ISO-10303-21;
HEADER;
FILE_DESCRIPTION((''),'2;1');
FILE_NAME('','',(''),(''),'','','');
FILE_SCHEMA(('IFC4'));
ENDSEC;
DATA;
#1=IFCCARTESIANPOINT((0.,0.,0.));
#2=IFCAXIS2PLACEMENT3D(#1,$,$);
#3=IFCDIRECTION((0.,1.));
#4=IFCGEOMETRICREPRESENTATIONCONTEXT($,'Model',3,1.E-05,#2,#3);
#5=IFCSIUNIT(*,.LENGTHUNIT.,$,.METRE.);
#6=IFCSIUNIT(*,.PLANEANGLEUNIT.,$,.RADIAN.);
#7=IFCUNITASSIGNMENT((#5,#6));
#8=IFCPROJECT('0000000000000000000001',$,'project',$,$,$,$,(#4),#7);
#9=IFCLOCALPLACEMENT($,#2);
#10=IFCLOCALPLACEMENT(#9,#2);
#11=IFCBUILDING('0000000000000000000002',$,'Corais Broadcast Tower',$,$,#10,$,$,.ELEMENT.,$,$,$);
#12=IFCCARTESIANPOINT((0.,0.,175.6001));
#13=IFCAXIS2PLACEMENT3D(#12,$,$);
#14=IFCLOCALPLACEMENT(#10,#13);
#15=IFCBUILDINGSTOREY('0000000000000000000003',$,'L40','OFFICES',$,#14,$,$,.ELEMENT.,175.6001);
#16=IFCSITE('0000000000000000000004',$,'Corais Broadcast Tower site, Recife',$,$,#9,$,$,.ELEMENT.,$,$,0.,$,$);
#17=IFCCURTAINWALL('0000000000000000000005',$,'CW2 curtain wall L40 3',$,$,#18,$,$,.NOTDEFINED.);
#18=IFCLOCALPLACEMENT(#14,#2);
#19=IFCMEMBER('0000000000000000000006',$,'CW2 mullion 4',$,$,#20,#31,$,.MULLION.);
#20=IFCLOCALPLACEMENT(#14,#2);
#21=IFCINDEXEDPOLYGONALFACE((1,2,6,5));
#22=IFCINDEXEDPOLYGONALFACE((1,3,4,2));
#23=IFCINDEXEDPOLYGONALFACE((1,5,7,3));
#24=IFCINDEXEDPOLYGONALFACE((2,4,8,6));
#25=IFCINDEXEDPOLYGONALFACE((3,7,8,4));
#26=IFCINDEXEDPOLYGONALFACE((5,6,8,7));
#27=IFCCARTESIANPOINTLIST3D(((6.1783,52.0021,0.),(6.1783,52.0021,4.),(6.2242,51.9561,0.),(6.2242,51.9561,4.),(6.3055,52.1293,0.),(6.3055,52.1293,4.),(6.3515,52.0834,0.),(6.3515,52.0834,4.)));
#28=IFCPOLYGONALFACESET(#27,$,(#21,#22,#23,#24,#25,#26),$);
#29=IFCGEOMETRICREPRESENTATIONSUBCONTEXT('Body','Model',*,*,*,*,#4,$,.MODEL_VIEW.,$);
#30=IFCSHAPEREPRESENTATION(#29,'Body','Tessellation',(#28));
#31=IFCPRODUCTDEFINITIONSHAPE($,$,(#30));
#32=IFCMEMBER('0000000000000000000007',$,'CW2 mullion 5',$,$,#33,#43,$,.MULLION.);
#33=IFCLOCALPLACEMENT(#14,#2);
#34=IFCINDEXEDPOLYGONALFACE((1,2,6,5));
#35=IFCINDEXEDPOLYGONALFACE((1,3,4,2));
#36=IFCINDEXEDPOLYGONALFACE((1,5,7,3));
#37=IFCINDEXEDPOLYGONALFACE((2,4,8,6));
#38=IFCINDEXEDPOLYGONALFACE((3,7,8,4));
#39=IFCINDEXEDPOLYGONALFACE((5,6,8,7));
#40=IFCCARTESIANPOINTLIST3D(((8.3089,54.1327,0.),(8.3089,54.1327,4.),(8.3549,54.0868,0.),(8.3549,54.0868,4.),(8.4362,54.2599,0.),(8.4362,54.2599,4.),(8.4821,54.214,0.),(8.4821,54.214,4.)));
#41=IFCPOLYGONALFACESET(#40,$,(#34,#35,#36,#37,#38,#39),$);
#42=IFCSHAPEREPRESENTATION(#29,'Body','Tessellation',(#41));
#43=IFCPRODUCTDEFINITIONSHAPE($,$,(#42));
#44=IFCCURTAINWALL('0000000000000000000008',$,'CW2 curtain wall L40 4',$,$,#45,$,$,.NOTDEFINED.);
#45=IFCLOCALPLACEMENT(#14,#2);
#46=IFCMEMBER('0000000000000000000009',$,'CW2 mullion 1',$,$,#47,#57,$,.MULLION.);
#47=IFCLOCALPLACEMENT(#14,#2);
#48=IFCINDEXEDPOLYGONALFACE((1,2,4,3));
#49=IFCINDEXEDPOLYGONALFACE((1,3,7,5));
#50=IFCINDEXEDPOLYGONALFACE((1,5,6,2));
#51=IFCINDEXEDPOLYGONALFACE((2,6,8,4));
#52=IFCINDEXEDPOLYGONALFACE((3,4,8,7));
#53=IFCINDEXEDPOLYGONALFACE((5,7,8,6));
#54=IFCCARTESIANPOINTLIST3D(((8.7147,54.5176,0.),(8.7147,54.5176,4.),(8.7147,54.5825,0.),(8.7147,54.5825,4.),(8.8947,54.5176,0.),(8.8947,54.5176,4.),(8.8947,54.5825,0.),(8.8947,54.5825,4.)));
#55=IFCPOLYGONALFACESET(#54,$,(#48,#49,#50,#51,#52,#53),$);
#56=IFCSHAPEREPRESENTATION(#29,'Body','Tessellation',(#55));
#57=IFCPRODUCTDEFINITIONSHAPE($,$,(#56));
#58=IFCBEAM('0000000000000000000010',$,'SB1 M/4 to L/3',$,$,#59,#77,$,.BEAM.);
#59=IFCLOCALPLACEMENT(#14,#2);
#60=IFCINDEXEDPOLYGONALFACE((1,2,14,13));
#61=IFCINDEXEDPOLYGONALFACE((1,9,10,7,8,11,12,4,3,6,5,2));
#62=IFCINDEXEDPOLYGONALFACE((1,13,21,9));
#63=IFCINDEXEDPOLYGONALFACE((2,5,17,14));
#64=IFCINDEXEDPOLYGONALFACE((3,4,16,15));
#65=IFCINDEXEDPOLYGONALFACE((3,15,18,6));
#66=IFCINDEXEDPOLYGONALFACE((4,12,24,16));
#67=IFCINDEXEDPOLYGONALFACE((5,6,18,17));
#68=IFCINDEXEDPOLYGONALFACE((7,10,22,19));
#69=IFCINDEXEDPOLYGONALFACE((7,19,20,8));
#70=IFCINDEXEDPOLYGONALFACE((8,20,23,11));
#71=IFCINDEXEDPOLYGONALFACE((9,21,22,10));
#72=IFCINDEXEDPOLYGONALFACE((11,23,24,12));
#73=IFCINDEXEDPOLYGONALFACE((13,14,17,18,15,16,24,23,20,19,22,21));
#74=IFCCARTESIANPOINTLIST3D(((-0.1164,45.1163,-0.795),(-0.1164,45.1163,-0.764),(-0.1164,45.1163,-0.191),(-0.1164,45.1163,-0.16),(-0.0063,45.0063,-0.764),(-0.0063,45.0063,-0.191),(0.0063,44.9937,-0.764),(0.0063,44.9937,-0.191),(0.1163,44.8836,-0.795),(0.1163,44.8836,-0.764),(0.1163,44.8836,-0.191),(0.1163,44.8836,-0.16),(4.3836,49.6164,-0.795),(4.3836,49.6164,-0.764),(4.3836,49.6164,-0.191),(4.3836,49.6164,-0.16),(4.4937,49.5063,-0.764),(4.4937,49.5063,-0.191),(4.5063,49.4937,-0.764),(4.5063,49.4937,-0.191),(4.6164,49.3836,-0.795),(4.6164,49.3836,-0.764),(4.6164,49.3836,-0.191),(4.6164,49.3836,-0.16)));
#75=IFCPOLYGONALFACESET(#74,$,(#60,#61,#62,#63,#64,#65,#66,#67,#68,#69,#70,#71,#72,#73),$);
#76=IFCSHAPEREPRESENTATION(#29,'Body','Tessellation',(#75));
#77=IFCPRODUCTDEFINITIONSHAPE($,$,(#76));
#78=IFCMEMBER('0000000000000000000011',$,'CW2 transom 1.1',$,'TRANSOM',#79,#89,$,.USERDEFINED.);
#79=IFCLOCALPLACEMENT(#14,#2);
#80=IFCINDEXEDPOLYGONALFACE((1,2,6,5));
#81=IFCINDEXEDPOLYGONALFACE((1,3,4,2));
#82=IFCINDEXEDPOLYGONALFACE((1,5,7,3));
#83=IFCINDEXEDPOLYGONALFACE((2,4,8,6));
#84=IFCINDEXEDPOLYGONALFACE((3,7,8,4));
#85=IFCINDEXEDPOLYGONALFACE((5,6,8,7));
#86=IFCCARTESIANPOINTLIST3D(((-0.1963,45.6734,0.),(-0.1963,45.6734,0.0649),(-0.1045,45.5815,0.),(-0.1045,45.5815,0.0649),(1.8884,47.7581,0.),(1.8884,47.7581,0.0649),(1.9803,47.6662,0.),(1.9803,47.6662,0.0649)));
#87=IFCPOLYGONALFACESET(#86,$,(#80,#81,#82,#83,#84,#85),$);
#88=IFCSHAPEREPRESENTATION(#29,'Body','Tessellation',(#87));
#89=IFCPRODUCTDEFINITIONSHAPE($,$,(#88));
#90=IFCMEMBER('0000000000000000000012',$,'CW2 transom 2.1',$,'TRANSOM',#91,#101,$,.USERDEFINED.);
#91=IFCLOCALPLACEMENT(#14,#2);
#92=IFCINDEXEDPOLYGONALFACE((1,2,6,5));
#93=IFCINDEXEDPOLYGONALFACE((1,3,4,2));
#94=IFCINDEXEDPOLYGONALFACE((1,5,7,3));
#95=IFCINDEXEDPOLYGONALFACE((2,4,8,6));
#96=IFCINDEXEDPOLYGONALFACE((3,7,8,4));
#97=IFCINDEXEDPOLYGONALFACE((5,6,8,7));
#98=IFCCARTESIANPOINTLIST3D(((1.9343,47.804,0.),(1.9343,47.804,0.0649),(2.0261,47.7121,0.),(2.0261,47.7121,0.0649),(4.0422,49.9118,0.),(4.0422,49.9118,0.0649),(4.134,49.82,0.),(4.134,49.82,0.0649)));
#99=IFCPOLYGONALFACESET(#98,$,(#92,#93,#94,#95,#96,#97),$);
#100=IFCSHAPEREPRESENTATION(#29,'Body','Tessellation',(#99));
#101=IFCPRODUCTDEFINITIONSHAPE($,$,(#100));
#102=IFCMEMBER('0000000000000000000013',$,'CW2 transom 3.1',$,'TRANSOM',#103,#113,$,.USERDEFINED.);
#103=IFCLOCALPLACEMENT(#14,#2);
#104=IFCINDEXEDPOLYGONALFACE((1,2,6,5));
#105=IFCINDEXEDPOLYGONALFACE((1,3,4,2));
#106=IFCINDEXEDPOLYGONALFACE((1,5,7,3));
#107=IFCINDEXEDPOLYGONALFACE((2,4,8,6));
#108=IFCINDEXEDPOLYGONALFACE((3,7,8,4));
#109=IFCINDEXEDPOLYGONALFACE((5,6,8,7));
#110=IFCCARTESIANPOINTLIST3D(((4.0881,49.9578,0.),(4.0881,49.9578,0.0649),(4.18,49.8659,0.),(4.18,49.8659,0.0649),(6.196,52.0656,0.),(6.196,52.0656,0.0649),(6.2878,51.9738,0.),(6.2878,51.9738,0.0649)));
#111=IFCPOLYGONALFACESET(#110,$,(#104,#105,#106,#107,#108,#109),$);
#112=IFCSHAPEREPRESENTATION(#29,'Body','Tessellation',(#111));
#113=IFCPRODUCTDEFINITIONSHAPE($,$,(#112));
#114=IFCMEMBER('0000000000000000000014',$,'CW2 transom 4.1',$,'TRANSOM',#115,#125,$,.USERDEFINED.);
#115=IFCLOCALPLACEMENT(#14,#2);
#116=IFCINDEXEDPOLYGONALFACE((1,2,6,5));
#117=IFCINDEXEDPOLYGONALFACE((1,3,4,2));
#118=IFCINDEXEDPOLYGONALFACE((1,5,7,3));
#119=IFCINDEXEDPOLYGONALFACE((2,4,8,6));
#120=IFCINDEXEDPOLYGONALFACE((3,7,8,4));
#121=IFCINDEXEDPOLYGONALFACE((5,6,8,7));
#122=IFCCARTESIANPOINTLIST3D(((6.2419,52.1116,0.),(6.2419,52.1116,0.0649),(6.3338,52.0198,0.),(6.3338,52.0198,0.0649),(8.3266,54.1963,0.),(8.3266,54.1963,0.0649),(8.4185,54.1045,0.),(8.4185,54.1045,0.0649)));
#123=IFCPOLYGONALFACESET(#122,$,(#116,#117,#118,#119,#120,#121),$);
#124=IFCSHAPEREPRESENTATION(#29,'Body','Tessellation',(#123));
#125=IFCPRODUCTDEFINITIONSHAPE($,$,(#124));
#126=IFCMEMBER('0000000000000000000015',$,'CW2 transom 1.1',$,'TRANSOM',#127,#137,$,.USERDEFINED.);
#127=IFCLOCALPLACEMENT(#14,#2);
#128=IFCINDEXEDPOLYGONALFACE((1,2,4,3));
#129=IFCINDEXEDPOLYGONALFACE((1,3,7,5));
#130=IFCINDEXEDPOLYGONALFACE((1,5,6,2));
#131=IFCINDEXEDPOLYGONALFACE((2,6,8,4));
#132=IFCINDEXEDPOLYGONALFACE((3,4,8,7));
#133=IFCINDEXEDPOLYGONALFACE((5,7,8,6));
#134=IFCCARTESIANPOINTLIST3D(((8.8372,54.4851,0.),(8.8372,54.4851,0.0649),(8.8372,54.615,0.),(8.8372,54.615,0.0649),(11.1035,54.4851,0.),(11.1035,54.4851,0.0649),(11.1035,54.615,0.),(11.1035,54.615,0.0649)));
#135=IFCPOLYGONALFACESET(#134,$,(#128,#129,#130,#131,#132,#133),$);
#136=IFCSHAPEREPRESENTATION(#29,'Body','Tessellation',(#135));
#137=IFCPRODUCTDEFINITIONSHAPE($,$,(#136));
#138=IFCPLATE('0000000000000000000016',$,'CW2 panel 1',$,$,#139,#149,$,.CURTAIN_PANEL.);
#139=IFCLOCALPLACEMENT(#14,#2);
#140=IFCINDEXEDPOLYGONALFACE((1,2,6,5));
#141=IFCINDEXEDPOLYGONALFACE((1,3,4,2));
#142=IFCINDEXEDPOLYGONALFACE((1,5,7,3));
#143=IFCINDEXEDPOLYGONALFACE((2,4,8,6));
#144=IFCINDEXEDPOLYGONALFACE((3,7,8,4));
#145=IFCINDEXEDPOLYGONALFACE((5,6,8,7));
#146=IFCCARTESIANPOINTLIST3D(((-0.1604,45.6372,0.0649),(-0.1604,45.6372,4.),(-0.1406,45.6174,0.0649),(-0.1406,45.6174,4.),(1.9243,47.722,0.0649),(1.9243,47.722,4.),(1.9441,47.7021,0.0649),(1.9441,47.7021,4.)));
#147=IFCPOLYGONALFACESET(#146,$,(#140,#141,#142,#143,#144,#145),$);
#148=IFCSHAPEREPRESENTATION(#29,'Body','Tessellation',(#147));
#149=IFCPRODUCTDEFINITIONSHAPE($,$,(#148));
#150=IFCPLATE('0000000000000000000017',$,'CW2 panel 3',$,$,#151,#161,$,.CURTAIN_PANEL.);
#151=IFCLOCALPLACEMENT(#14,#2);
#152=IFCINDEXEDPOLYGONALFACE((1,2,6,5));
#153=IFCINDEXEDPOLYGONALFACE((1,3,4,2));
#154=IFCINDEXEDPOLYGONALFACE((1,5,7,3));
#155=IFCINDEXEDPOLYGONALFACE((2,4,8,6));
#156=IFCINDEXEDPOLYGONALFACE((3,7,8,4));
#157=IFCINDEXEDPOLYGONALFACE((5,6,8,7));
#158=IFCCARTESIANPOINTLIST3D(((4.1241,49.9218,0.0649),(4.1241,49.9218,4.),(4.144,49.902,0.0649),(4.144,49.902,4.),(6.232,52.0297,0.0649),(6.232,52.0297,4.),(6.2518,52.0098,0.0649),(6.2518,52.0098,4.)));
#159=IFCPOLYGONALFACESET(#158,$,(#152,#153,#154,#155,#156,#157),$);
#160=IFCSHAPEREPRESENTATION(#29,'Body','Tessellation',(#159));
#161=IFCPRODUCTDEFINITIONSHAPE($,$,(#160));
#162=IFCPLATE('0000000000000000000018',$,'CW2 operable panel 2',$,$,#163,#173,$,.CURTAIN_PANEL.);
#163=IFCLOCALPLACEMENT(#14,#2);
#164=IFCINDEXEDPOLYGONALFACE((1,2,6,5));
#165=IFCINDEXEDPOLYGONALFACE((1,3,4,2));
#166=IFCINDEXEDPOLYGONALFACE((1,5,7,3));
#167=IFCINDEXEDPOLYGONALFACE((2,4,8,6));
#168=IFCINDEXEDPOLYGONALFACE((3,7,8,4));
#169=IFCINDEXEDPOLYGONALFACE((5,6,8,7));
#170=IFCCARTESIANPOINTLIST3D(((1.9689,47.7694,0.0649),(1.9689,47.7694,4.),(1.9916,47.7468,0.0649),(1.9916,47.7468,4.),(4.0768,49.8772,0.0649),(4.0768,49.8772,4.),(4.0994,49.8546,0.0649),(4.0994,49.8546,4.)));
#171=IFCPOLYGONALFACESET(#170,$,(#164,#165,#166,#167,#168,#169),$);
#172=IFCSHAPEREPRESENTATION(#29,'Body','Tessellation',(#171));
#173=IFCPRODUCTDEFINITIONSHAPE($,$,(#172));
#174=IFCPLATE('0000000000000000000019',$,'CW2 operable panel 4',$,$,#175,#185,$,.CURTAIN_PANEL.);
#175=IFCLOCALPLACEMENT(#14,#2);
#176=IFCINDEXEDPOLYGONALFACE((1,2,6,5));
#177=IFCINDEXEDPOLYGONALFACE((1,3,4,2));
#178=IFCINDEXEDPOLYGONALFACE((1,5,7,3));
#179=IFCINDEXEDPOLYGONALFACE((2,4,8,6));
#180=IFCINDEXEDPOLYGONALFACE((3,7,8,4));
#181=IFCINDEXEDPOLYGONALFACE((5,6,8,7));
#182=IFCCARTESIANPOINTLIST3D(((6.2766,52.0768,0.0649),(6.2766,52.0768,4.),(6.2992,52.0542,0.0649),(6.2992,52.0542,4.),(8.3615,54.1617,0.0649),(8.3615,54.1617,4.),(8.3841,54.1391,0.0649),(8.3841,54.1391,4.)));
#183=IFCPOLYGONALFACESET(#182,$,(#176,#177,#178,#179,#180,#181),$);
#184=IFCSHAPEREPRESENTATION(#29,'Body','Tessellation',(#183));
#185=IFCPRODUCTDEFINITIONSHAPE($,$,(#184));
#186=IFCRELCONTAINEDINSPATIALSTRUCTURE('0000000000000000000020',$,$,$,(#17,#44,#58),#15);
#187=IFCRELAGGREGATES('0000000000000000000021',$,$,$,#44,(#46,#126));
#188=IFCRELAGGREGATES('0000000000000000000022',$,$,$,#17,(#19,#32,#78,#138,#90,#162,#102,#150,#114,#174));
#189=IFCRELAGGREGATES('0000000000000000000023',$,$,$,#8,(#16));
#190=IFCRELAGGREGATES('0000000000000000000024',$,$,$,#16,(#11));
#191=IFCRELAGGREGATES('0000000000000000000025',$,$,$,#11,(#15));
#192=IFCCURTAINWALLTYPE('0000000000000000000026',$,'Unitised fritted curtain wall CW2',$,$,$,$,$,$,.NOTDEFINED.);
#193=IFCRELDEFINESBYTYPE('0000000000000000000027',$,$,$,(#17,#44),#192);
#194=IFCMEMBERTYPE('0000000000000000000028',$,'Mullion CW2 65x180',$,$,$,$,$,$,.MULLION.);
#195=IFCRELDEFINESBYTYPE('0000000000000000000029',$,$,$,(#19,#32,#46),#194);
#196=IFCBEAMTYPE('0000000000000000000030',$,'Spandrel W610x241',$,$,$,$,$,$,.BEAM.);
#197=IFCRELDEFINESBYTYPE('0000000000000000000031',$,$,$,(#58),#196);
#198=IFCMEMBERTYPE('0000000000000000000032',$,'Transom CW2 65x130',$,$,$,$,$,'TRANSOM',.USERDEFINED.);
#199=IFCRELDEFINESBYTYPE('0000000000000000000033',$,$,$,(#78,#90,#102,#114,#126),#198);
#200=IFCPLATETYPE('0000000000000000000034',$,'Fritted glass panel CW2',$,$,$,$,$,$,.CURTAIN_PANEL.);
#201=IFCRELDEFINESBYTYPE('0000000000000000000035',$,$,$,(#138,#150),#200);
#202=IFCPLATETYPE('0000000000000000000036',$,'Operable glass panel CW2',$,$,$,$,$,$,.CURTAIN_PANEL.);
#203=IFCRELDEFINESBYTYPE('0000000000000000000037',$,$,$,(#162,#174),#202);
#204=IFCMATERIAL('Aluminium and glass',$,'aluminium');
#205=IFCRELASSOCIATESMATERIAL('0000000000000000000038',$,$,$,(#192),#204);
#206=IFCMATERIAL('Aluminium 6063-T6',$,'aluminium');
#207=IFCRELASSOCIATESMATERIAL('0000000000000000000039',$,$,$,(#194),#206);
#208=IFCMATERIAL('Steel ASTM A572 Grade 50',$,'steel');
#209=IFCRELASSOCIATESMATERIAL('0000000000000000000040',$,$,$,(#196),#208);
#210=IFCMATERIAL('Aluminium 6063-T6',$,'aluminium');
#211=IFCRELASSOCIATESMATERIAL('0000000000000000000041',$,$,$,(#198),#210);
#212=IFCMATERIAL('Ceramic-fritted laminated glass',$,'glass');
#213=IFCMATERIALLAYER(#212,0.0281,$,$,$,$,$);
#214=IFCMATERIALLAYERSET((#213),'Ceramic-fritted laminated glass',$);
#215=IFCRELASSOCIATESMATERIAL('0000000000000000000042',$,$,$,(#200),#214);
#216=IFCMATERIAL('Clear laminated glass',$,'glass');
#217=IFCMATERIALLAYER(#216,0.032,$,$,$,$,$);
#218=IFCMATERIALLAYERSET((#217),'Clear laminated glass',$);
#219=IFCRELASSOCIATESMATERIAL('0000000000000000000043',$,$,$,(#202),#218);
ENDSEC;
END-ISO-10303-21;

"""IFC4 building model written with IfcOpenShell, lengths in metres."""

from ifc_helpers import new_model, si_unit, direction, frame, origin, origin_2d, place, context, subcontext, project, spatial, rectangle, i_section, extrude, material, layer, layer_set, material_profile, profile_set, type_object, element, aggregate, save


model = new_model("IFC4")

# Units and contexts
model_context = context("Model", 3, precision=1e-05, world=origin(), true_north=direction((0.0, 1.0)))
body_context = subcontext(model_context, "Body", "Model", "MODEL_VIEW")
ifc_project = project(units=[si_unit("LENGTHUNIT", "METRE"), si_unit("PLANEANGLEUNIT", "RADIAN")], contexts=[model_context])

# Site, building, storey
site_placement = place(None, origin())
site = spatial("IfcSite", under=ifc_project, at=site_placement, Name="Corais Broadcast Tower site, Recife", CompositionType="ELEMENT", RefElevation=0.0)
building_placement = place(site_placement, origin())
building = spatial("IfcBuilding", under=site, at=building_placement, Name="Corais Broadcast Tower", CompositionType="ELEMENT")
storey_placement = place(building_placement, frame((0.0, 0.0, 175.6001)))
storey = spatial("IfcBuildingStorey", under=building, at=storey_placement, Name="L40", Description="OFFICES", CompositionType="ELEMENT", Elevation=175.6001)

# Shared definitions
ifc_material_1 = material(Name="Aluminium and glass", Category="aluminium")
curtain_wall_type = type_object("IfcCurtainWallType", Name="Unitised fritted curtain wall CW2", PredefinedType="NOTDEFINED", material=ifc_material_1)
ifc_material_2 = material(Name="Aluminium 6063-T6", Category="aluminium")
ifc_material_profile_1 = material_profile(ifc_material_2, rectangle(XDim=0.0649, YDim=0.1799, at=origin_2d()), Name="Mullion CW2 65x180")
ifc_profile_set_1 = profile_set([ifc_material_profile_1], Name="Aluminium 6063-T6")
member_type_1 = type_object("IfcMemberType", Name="Mullion CW2 65x180", PredefinedType="MULLION", material=ifc_profile_set_1)

# Curtain wall, members
curtain_wall_1_placement = place(storey_placement, origin())
curtain_wall_1 = element("IfcCurtainWall", 1, at=curtain_wall_1_placement, inside=storey, type_object=curtain_wall_type, Name="CW2 curtain wall L40 3", PredefinedType="NOTDEFINED")
member_1_placement = place(storey_placement, frame((6.2649, 52.0427, 0.0), z_axis=(0.0, 0.0, 1.0), x_axis=(-0.707107, 0.707107, 0.0)))
member_1 = element("IfcMember", 2, at=member_1_placement, type_object=member_type_1, Name="CW2 mullion 4", PredefinedType="MULLION", context=body_context, shape_type="SweptSolid", body=[
    extrude(rectangle(XDim=0.0649, YDim=0.1799, at=origin_2d()), origin(), (0.0, 0.0, 1.0), 4.0),
])
member_2_placement = place(storey_placement, frame((8.3955, 54.1733, 0.0), z_axis=(0.0, 0.0, 1.0), x_axis=(-0.707107, 0.707107, 0.0)))
member_2 = element("IfcMember", 3, at=member_2_placement, type_object=member_type_1, Name="CW2 mullion 5", PredefinedType="MULLION", context=body_context, shape_type="SweptSolid", body=[
    extrude(rectangle(XDim=0.0649, YDim=0.1799, at=origin_2d()), origin(), (0.0, 0.0, 1.0), 4.0),
])

# Curtain wall, member
curtain_wall_2_placement = place(storey_placement, origin())
curtain_wall_2 = element("IfcCurtainWall", 4, at=curtain_wall_2_placement, inside=storey, type_object=curtain_wall_type, Name="CW2 curtain wall L40 4", PredefinedType="NOTDEFINED")
member_3_placement = place(storey_placement, frame((8.8047, 54.55, 0.0), z_axis=(0.0, 0.0, 1.0), x_axis=(0.0, 1.0, 0.0)))
member_3 = element("IfcMember", 5, at=member_3_placement, type_object=member_type_1, Name="CW2 mullion 1", PredefinedType="MULLION", context=body_context, shape_type="SweptSolid", body=[
    extrude(rectangle(XDim=0.0649, YDim=0.1799, at=origin_2d()), origin(), (0.0, 0.0, 1.0), 4.0),
])

# Beam
ifc_material_3 = material(Name="Steel ASTM A572 Grade 50", Category="steel")
ifc_material_profile_2 = material_profile(ifc_material_3, i_section(OverallWidth=0.3291, OverallDepth=0.635, WebThickness=0.0178, FlangeThickness=0.031, at=origin_2d()), Name="W610x241")
ifc_profile_set_2 = profile_set([ifc_material_profile_2], Name="Steel ASTM A572 Grade 50")
beam_type_1 = type_object("IfcBeamType", Name="Spandrel W610x241", PredefinedType="BEAM", material=ifc_profile_set_2)
beam_1_placement = place(storey_placement, frame((4.5, 49.5, -0.4775), z_axis=(-0.707107, -0.707107, 0.0), x_axis=(0.707107, -0.707107, 0.0)))
element("IfcBeam", 6, at=beam_1_placement, inside=storey, type_object=beam_type_1, Name="SB1 M/4 to L/3", PredefinedType="BEAM", context=body_context, shape_type="SweptSolid", body=[
    extrude(i_section(OverallWidth=0.3291, OverallDepth=0.635, WebThickness=0.0178, FlangeThickness=0.031, at=origin_2d()), origin(), (0.0, 0.0, 1.0), 6.364),
])

# Members
ifc_material_4 = material(Name="Aluminium 6063-T6", Category="aluminium")
ifc_material_profile_3 = material_profile(ifc_material_4, rectangle(XDim=0.1299, YDim=0.0649, at=origin_2d()), Name="Transom CW2 65x130")
ifc_profile_set_3 = profile_set([ifc_material_profile_3], Name="Aluminium 6063-T6")
member_type_2 = type_object("IfcMemberType", Name="Transom CW2 65x130", ElementType="TRANSOM", PredefinedType="USERDEFINED", material=ifc_profile_set_3)
member_4_placement = place(storey_placement, frame((-0.1504, 45.6274, 0.0325), z_axis=(0.707107, 0.707107, 0.0), x_axis=(-0.707107, 0.707107, 0.0)))
member_4 = element("IfcMember", 7, at=member_4_placement, type_object=member_type_2, Name="CW2 transom 1.1", ObjectType="TRANSOM", PredefinedType="USERDEFINED", context=body_context, shape_type="SweptSolid", body=[
    extrude(rectangle(XDim=0.1299, YDim=0.0649, at=origin_2d()), origin(), (0.0, 0.0, 1.0), 2.9482),
])
member_5_placement = place(storey_placement, frame((1.9802, 47.7581, 0.0325), z_axis=(0.707107, 0.707107, 0.0), x_axis=(-0.707107, 0.707107, 0.0)))
member_5 = element("IfcMember", 8, at=member_5_placement, type_object=member_type_2, Name="CW2 transom 2.1", ObjectType="TRANSOM", PredefinedType="USERDEFINED", context=body_context, shape_type="SweptSolid", body=[
    extrude(rectangle(XDim=0.1299, YDim=0.0649, at=origin_2d()), origin(), (0.0, 0.0, 1.0), 2.981),
])
member_6_placement = place(storey_placement, frame((4.134, 49.9119, 0.0325), z_axis=(0.707107, 0.707107, 0.0), x_axis=(-0.707107, 0.707107, 0.0)))
member_6 = element("IfcMember", 9, at=member_6_placement, type_object=member_type_2, Name="CW2 transom 3.1", ObjectType="TRANSOM", PredefinedType="USERDEFINED", context=body_context, shape_type="SweptSolid", body=[
    extrude(rectangle(XDim=0.1299, YDim=0.0649, at=origin_2d()), origin(), (0.0, 0.0, 1.0), 2.981),
])
member_7_placement = place(storey_placement, frame((6.2878, 52.0657, 0.0325), z_axis=(0.707107, 0.707107, 0.0), x_axis=(-0.707107, 0.707107, 0.0)))
member_7 = element("IfcMember", 10, at=member_7_placement, type_object=member_type_2, Name="CW2 transom 4.1", ObjectType="TRANSOM", PredefinedType="USERDEFINED", context=body_context, shape_type="SweptSolid", body=[
    extrude(rectangle(XDim=0.1299, YDim=0.0649, at=origin_2d()), origin(), (0.0, 0.0, 1.0), 2.9482),
])
member_8_placement = place(storey_placement, frame((8.8372, 54.55, 0.0325), z_axis=(1.0, 0.0, 0.0), x_axis=(0.0, 1.0, 0.0)))
member_8 = element("IfcMember", 11, at=member_8_placement, type_object=member_type_2, Name="CW2 transom 1.1", ObjectType="TRANSOM", PredefinedType="USERDEFINED", context=body_context, shape_type="SweptSolid", body=[
    extrude(rectangle(XDim=0.1299, YDim=0.0649, at=origin_2d()), origin(), (0.0, 0.0, 1.0), 2.2664),
])
aggregate(curtain_wall_2, [member_3, member_8])

# Plates
ifc_material_5 = material(Name="Ceramic-fritted laminated glass", Category="glass")
ifc_layer_1 = layer(ifc_material_5, 0.0281)
ifc_layer_set_1 = layer_set([ifc_layer_1], Name="Ceramic-fritted laminated glass")
plate_type_1 = type_object("IfcPlateType", Name="Fritted glass panel CW2", PredefinedType="CURTAIN_PANEL", material=ifc_layer_set_1)
plate_1_placement = place(storey_placement, frame((0.8918, 46.6697, 0.0649), z_axis=(0.0, 0.0, 1.0), x_axis=(0.707107, 0.707107, 0.0)))
plate_1 = element("IfcPlate", 12, at=plate_1_placement, type_object=plate_type_1, Name="CW2 panel 1", PredefinedType="CURTAIN_PANEL", context=body_context, shape_type="SweptSolid", body=[
    extrude(rectangle(XDim=2.9482, YDim=0.0281, at=origin_2d()), origin(), (0.0, 0.0, 1.0), 3.9351),
])
plate_2_placement = place(storey_placement, frame((5.188, 50.9658, 0.0649), z_axis=(0.0, 0.0, 1.0), x_axis=(0.707107, 0.707107, 0.0)))
plate_2 = element("IfcPlate", 13, at=plate_2_placement, type_object=plate_type_1, Name="CW2 panel 3", PredefinedType="CURTAIN_PANEL", context=body_context, shape_type="SweptSolid", body=[
    extrude(rectangle(XDim=2.981, YDim=0.0281, at=origin_2d()), origin(), (0.0, 0.0, 1.0), 3.9351),
])
ifc_material_6 = material(Name="Clear laminated glass", Category="glass")
ifc_layer_2 = layer(ifc_material_6, 0.032)
ifc_layer_set_2 = layer_set([ifc_layer_2], Name="Clear laminated glass")
plate_type_2 = type_object("IfcPlateType", Name="Operable glass panel CW2", PredefinedType="CURTAIN_PANEL", material=ifc_layer_set_2)
plate_3_placement = place(storey_placement, frame((3.0342, 48.812, 0.0649), z_axis=(0.0, 0.0, 1.0), x_axis=(0.707107, 0.707107, 0.0)))
plate_3 = element("IfcPlate", 14, at=plate_3_placement, type_object=plate_type_2, Name="CW2 operable panel 2", PredefinedType="CURTAIN_PANEL", context=body_context, shape_type="SweptSolid", body=[
    extrude(rectangle(XDim=2.981, YDim=0.032, at=origin_2d()), origin(), (0.0, 0.0, 1.0), 3.9351),
])
plate_4_placement = place(storey_placement, frame((7.3303, 53.1079, 0.0649), z_axis=(0.0, 0.0, 1.0), x_axis=(0.707107, 0.707107, 0.0)))
plate_4 = element("IfcPlate", 15, at=plate_4_placement, type_object=plate_type_2, Name="CW2 operable panel 4", PredefinedType="CURTAIN_PANEL", context=body_context, shape_type="SweptSolid", body=[
    extrude(rectangle(XDim=2.9485, YDim=0.032, at=origin_2d()), origin(), (0.0, 0.0, 1.0), 3.9351),
])
aggregate(curtain_wall_1, [member_1, member_2, member_4, plate_1, member_5, plate_3, member_6, plate_2, member_7, plate_4])

save(model, "model.ifc")
